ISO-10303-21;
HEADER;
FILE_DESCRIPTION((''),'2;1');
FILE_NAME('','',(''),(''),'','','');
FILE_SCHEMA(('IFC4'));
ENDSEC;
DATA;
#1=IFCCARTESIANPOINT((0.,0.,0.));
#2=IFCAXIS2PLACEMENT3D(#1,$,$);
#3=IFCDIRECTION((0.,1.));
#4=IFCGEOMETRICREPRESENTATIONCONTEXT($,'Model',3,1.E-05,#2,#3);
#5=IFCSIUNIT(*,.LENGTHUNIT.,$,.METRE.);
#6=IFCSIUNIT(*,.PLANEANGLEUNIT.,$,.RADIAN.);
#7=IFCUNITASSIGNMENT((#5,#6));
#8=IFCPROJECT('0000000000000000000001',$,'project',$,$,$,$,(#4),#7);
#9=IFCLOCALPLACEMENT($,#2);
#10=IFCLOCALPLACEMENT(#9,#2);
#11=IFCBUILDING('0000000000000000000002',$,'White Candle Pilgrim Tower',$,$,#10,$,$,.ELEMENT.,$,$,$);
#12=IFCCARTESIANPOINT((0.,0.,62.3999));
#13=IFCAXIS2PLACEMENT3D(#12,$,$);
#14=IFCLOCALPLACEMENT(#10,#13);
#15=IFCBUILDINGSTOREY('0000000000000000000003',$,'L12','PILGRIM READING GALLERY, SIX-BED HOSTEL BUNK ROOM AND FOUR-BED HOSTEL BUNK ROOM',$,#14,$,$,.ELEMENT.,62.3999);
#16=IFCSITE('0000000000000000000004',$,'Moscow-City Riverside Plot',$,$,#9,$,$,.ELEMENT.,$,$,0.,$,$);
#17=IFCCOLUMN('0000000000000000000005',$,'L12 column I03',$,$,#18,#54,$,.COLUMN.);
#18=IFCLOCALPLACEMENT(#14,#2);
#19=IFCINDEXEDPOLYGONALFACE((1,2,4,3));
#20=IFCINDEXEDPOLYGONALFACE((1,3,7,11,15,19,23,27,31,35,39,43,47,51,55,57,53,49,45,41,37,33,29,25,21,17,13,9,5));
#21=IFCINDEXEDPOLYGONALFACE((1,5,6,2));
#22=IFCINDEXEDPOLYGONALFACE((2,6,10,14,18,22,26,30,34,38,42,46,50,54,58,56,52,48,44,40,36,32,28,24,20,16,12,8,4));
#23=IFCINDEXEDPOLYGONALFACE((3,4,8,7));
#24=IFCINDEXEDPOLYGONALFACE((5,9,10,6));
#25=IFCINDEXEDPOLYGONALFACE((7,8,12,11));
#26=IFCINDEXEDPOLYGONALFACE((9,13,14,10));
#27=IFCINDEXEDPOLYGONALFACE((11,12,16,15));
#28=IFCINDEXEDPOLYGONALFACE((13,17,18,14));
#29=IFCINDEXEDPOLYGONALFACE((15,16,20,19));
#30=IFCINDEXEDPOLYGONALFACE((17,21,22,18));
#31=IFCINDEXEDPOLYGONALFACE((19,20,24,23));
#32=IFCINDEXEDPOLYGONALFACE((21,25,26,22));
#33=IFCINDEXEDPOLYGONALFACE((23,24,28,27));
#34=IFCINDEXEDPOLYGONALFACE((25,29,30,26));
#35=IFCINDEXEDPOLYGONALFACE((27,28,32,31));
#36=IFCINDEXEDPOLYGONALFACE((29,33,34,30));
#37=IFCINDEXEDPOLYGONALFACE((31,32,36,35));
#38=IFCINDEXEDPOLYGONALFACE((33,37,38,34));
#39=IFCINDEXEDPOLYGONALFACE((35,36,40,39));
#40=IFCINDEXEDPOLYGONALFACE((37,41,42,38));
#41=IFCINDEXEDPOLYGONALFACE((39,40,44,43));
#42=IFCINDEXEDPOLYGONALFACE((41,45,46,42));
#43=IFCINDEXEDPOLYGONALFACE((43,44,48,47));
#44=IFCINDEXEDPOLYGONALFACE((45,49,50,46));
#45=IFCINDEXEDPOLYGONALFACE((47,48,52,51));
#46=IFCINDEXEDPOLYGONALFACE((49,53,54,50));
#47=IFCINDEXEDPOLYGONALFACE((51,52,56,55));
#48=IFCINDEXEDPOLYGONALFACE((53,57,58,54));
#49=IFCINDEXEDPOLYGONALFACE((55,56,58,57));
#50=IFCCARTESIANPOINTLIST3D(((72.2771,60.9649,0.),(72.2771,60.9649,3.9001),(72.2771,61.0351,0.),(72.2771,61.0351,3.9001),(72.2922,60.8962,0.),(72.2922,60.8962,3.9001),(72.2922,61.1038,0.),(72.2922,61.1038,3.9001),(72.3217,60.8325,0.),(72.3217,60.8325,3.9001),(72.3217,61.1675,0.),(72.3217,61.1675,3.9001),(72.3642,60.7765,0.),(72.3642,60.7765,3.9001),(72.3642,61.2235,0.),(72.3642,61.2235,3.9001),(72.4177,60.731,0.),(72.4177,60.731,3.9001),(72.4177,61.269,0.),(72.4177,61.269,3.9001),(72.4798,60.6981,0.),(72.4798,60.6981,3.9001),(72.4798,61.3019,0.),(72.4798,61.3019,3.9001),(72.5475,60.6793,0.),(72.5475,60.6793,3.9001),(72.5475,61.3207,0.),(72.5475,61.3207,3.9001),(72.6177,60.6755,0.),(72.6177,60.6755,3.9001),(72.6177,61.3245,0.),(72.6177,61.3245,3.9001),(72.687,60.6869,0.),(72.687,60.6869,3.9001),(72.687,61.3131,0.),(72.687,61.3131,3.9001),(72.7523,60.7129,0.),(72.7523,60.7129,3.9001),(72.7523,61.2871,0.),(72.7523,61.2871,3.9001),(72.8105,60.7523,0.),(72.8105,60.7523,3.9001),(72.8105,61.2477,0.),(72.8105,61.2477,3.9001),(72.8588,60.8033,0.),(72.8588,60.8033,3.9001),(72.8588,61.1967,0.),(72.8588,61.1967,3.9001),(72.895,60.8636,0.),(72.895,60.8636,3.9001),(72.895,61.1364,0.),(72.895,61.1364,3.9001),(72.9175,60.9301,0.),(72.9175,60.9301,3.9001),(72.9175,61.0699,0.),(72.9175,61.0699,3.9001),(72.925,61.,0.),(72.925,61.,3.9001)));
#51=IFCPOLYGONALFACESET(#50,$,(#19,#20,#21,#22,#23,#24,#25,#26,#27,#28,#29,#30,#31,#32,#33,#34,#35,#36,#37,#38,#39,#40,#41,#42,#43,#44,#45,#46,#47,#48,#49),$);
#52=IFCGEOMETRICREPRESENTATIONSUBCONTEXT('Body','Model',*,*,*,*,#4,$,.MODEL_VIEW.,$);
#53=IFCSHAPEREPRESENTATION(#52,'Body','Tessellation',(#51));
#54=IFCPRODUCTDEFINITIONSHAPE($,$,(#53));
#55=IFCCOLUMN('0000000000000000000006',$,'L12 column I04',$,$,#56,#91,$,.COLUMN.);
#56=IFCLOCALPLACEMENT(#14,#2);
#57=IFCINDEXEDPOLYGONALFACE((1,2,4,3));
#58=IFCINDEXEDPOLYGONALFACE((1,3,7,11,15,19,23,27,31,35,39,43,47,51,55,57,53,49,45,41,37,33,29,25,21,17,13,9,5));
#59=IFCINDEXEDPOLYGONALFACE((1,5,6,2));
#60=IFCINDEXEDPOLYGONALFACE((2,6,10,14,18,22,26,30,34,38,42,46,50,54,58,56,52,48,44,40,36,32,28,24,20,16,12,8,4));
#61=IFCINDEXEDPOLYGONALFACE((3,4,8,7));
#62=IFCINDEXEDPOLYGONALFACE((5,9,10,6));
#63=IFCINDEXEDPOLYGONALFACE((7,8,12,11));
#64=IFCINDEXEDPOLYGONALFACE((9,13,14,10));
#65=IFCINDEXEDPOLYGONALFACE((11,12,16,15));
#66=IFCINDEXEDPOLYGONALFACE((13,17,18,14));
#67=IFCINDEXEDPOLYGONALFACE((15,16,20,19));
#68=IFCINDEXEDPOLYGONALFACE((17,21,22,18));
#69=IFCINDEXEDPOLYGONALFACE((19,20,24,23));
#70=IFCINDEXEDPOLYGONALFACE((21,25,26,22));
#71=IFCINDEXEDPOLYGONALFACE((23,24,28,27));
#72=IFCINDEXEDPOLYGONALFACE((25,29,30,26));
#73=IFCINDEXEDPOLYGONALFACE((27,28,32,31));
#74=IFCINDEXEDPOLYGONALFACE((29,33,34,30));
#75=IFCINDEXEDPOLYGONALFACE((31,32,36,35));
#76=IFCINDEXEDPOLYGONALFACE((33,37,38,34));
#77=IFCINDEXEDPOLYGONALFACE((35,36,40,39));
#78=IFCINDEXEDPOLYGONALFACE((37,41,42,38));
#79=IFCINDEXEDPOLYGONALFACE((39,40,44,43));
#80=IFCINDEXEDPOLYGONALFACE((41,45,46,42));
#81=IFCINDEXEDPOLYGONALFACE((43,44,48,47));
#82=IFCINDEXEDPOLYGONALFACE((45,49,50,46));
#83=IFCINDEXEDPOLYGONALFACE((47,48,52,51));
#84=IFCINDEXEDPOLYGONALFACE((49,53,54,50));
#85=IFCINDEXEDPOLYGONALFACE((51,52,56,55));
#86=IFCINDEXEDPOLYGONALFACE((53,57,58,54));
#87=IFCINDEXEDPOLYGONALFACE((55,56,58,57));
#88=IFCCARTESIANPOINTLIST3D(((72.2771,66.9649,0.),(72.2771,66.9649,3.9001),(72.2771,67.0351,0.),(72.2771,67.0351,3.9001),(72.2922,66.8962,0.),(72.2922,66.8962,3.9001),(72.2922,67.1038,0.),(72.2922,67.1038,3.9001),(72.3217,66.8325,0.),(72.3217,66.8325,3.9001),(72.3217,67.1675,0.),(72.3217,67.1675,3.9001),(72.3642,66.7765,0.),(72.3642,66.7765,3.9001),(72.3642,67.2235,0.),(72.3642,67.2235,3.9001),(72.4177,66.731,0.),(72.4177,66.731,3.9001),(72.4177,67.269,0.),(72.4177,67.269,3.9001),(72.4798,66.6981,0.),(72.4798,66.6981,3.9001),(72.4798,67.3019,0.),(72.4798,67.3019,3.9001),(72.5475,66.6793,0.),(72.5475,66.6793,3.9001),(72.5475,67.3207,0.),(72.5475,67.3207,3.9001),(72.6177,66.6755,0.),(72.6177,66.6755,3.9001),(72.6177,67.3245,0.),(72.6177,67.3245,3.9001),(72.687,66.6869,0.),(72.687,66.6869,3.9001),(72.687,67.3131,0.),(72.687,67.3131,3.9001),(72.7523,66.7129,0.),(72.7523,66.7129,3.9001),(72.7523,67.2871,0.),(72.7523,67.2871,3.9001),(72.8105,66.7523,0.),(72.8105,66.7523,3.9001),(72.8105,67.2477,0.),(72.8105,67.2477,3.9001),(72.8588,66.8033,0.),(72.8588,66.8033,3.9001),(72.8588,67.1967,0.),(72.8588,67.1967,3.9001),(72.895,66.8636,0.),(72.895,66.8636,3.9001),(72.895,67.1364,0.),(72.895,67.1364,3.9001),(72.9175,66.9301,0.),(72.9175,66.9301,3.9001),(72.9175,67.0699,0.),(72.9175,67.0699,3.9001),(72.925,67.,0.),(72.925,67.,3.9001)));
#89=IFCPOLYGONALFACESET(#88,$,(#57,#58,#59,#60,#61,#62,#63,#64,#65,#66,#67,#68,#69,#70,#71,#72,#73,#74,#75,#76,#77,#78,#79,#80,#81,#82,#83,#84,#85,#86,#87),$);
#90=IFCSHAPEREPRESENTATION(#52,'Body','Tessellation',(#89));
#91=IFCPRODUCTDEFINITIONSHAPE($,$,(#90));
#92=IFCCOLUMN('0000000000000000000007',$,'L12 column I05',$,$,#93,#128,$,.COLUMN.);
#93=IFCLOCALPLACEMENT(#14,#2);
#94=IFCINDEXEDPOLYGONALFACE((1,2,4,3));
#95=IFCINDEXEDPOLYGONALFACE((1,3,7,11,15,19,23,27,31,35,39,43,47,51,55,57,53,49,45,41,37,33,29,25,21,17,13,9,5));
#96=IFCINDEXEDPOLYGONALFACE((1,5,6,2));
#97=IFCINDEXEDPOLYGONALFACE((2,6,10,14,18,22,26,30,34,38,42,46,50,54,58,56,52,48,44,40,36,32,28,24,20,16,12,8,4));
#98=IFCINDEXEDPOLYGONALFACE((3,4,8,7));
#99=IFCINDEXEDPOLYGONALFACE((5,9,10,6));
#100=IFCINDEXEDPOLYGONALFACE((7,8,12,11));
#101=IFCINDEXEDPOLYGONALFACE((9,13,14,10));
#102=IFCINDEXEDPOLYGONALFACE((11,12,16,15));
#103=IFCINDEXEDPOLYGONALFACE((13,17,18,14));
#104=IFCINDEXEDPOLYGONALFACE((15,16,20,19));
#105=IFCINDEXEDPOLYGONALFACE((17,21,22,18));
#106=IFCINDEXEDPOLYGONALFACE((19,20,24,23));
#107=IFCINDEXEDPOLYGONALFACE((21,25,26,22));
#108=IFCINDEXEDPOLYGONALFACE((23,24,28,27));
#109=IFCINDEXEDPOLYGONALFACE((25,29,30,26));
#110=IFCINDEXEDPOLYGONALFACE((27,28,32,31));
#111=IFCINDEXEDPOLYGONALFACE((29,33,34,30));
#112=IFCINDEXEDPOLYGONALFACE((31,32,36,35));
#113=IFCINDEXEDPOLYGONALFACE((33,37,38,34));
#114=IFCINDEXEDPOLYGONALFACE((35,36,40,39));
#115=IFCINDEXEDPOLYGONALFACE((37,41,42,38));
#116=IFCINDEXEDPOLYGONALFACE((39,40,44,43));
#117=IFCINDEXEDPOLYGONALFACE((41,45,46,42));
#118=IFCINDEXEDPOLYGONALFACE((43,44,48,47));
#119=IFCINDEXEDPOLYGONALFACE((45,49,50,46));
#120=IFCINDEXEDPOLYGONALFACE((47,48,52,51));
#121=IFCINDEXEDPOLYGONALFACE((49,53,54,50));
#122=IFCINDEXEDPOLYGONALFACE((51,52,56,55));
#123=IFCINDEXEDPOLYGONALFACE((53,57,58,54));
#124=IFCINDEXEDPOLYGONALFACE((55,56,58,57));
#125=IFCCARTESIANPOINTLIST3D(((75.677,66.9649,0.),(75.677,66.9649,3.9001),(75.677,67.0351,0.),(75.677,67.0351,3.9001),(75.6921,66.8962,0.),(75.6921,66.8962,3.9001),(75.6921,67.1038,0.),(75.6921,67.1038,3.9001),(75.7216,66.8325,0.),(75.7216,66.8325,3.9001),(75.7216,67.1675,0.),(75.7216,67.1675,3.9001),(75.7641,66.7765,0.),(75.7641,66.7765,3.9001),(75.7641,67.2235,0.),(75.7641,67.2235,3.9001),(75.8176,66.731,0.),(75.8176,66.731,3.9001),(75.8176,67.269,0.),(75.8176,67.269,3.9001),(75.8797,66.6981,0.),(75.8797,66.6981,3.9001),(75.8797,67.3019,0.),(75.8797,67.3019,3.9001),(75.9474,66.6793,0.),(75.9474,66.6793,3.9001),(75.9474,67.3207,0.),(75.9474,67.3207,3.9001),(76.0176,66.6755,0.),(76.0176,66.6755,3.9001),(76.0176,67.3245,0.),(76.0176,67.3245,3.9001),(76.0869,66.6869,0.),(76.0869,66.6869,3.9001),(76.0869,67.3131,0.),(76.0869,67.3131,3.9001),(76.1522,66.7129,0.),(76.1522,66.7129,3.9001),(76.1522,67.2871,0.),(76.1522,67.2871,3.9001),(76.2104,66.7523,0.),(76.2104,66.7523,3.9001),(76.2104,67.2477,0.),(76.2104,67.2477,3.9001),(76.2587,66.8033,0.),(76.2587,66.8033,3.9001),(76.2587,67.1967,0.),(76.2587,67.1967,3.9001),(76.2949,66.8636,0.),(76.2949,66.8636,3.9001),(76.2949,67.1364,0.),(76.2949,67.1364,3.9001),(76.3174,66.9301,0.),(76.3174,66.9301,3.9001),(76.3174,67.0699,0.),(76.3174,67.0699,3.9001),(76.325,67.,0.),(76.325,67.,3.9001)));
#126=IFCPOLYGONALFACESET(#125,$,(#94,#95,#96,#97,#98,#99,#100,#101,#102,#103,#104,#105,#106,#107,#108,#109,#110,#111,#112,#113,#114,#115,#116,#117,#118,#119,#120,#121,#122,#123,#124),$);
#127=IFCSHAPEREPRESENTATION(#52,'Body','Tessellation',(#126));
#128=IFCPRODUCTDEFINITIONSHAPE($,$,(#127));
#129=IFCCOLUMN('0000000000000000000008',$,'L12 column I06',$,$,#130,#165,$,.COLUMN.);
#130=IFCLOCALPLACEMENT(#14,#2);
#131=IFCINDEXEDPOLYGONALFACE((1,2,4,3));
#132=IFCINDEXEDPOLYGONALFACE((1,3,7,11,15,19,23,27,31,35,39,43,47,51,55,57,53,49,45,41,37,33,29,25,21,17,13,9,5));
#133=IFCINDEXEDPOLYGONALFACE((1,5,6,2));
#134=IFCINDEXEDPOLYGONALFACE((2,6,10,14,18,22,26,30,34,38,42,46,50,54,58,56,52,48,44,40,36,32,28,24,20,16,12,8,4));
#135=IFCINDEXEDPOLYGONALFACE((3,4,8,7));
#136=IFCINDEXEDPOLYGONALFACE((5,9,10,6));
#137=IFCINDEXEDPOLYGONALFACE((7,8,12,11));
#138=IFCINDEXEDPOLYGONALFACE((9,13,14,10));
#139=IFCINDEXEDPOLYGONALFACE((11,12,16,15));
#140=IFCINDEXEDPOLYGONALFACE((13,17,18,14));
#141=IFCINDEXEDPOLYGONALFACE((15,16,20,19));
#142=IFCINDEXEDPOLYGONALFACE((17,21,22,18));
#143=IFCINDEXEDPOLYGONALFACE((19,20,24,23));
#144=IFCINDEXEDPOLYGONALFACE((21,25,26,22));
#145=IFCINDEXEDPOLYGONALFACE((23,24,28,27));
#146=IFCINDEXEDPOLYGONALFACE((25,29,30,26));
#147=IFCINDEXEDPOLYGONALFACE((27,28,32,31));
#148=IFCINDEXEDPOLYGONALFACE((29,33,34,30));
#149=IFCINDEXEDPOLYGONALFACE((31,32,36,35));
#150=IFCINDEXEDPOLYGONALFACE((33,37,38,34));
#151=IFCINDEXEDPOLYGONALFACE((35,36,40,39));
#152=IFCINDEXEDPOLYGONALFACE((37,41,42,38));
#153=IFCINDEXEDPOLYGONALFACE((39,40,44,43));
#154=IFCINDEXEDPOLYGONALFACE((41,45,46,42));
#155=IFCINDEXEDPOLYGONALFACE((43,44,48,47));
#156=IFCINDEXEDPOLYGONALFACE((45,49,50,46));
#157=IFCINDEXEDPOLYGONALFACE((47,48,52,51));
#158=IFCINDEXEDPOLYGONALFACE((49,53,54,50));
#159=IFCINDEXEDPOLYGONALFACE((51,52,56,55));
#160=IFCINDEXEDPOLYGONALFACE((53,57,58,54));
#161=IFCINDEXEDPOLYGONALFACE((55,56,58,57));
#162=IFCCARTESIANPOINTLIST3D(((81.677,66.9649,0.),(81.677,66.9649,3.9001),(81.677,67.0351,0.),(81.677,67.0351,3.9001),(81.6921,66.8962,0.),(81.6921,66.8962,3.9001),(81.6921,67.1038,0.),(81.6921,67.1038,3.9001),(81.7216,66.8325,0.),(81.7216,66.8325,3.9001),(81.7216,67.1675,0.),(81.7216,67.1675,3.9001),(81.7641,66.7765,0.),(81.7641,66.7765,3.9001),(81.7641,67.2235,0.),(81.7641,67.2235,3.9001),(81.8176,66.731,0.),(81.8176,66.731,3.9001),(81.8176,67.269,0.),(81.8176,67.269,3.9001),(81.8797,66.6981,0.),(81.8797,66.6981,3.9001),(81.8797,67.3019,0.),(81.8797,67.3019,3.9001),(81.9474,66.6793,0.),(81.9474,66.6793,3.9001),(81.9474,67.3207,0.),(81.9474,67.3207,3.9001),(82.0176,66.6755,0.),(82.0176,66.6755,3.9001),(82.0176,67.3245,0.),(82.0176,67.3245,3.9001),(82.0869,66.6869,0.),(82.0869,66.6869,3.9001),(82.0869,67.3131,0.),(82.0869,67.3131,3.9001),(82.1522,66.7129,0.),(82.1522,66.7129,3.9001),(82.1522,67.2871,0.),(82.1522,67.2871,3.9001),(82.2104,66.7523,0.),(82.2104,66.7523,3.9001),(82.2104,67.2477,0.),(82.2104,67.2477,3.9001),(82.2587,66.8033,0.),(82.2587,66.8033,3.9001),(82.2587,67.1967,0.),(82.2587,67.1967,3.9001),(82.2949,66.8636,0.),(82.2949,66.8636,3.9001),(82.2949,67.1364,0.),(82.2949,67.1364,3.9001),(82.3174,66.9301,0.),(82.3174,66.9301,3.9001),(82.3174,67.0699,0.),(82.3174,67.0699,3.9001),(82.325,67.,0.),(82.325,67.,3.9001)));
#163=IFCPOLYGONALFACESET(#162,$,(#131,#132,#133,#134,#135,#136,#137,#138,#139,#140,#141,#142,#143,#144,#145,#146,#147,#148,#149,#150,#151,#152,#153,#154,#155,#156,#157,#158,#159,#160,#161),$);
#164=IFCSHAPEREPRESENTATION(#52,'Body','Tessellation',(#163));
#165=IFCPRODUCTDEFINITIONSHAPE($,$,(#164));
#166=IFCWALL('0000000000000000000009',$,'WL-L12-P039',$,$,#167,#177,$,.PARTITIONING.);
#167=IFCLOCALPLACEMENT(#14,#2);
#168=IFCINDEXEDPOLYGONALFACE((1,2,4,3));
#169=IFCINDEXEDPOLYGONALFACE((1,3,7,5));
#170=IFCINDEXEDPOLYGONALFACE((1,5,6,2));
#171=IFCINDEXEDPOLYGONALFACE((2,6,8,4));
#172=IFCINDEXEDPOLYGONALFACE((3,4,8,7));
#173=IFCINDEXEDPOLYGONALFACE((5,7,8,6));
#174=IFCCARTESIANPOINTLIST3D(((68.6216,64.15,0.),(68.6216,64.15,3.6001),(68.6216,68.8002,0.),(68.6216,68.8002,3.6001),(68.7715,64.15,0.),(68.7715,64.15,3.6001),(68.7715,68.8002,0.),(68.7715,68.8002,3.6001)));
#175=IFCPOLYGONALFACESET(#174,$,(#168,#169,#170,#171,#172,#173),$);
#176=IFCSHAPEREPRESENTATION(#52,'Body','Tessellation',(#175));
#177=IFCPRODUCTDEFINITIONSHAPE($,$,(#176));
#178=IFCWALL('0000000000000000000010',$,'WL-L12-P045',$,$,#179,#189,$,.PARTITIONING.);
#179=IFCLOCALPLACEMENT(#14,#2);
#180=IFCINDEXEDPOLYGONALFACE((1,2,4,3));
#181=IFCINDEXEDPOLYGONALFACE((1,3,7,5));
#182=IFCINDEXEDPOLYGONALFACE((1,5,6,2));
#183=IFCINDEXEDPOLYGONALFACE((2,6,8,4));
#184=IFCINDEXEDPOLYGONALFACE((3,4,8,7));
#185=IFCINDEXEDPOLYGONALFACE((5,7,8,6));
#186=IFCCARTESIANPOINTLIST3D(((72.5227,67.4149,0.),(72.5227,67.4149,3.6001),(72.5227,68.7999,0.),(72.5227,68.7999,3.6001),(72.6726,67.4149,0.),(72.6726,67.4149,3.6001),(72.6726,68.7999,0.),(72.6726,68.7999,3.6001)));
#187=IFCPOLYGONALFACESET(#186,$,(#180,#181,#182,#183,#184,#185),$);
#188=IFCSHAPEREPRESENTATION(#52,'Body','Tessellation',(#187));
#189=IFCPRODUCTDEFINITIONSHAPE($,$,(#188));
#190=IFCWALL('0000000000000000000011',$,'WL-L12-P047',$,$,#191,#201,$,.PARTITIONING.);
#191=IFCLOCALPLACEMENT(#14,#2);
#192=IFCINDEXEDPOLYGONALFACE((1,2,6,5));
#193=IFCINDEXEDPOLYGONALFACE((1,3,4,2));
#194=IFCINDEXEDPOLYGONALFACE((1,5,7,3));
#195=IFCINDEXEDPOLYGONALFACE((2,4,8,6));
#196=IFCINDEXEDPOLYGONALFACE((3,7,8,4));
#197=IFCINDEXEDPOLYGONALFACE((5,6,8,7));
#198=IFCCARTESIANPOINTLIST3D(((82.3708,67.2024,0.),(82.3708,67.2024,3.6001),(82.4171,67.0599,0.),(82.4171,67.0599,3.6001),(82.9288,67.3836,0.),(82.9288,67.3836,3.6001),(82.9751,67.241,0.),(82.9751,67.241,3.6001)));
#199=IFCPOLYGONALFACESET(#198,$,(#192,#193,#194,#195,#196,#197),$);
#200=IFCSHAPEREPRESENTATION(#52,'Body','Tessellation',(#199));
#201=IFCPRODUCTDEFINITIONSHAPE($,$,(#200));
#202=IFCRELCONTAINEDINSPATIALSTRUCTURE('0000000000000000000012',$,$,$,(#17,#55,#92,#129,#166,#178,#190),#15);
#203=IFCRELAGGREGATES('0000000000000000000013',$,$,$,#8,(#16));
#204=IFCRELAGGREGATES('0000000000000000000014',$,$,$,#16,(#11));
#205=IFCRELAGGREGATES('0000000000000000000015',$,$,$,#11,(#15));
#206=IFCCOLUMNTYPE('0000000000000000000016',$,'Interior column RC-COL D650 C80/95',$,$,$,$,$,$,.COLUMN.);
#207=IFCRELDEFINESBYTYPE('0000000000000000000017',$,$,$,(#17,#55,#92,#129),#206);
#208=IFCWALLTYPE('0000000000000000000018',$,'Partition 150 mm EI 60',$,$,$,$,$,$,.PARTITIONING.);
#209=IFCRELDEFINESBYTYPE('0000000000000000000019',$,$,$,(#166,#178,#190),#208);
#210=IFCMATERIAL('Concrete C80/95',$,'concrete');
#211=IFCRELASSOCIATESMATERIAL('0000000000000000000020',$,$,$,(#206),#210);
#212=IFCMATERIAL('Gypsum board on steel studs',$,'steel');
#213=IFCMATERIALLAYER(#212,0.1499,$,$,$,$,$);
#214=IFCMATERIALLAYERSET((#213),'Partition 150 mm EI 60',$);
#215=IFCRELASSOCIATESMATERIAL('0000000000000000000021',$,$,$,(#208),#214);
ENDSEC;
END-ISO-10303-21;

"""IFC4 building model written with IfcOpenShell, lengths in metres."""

from ifc_helpers import new_model, si_unit, direction, frame, frame_2d, origin, origin_2d, place, context, subcontext, project, spatial, rectangle, circle, extrude, material, layer, layer_set, material_profile, profile_set, type_object, element, save


model = new_model("IFC4")

# Units and contexts
model_context = context("Model", 3, precision=1e-05, world=origin(), true_north=direction((0.0, 1.0)))
body_context = subcontext(model_context, "Body", "Model", "MODEL_VIEW")
ifc_project = project(units=[si_unit("LENGTHUNIT", "METRE"), si_unit("PLANEANGLEUNIT", "RADIAN")], contexts=[model_context])

# Site, building, storey
site_placement = place(None, origin())
site = spatial("IfcSite", under=ifc_project, at=site_placement, Name="Moscow-City Riverside Plot", CompositionType="ELEMENT", RefElevation=0.0)
building_placement = place(site_placement, origin())
building = spatial("IfcBuilding", under=site, at=building_placement, Name="White Candle Pilgrim Tower", CompositionType="ELEMENT")
storey_placement = place(building_placement, frame((0.0, 0.0, 62.3999)))
storey = spatial("IfcBuildingStorey", under=building, at=storey_placement, Name="L12", Description="PILGRIM READING GALLERY, SIX-BED HOSTEL BUNK ROOM AND FOUR-BED HOSTEL BUNK ROOM", CompositionType="ELEMENT", Elevation=62.3999)

# Columns
ifc_material_1 = material(Name="Concrete C80/95", Category="concrete")
ifc_material_profile = material_profile(ifc_material_1, circle(Radius=0.325, at=origin_2d()), Name="RC-COL D650")
ifc_profile_set = profile_set([ifc_material_profile], Name="Concrete C80/95")
column_type = type_object("IfcColumnType", Name="Interior column RC-COL D650 C80/95", PredefinedType="COLUMN", material=ifc_profile_set)
for number, where, z_axis, x_axis, name in (
    (1, (72.6001, 61.0, 0.0), (0.0, 0.0, 1.0), (1.0, 0.0, 0.0), "L12 column I03"),
    (2, (72.6001, 67.0, 0.0), (0.0, 0.0, 1.0), (1.0, 0.0, 0.0), "L12 column I04"),
    (3, (76.0, 67.0, 0.0), (0.0, 0.0, 1.0), (1.0, 0.0, 0.0), "L12 column I05"),
    (4, (82.0, 67.0, 0.0), (0.0, 0.0, 1.0), (1.0, 0.0, 0.0), "L12 column I06"),
):
    element("IfcColumn", number, at=place(storey_placement, frame(where, z_axis=z_axis, x_axis=x_axis)), inside=storey, type_object=column_type, Name=name, PredefinedType="COLUMN", context=body_context, shape_type="SweptSolid", body=[
        extrude(circle(Radius=0.325, at=origin_2d()), origin(), (0.0, 0.0, 1.0), 3.9001),
    ])

# Walls
ifc_material_2 = material(Name="Gypsum board on steel studs", Category="steel")
ifc_layer_1 = layer(ifc_material_2, 0.1499)
ifc_layer_set_1 = layer_set([ifc_layer_1], Name="Partition 150 mm EI 60")
wall_type_1 = type_object("IfcWallType", Name="Partition 150 mm EI 60", PredefinedType="PARTITIONING", material=ifc_layer_set_1)
wall_1_placement = place(storey_placement, frame((68.6965, 64.1499, 0.0), z_axis=(0.0, 0.0, 1.0), x_axis=(0.0, 1.0, 0.0)))
element("IfcWall", 5, at=wall_1_placement, inside=storey, type_object=wall_type_1, Name="WL-L12-P039", PredefinedType="PARTITIONING", context=body_context, shape_type="SweptSolid", body=[
    extrude(rectangle(XDim=4.6501, YDim=0.1499, at=frame_2d((2.3252, 0.0))), origin(), (0.0, 0.0, 1.0), 3.6001),
])
wall_2_placement = place(storey_placement, frame((72.5977, 67.415, 0.0), z_axis=(0.0, 0.0, 1.0), x_axis=(0.0, 1.0, 0.0)))
element("IfcWall", 6, at=wall_2_placement, inside=storey, type_object=wall_type_1, Name="WL-L12-P045", PredefinedType="PARTITIONING", context=body_context, shape_type="SweptSolid", body=[
    extrude(rectangle(XDim=1.385, YDim=0.1499, at=frame_2d((0.6924, 0.0))), origin(), (0.0, 0.0, 1.0), 3.6001),
])
wall_3_placement = place(storey_placement, frame((82.3938, 67.1311, 0.0), z_axis=(0.0, 0.0, 1.0), x_axis=(0.95115, 0.308729, 0.0)))
element("IfcWall", 7, at=wall_3_placement, inside=storey, type_object=wall_type_1, Name="WL-L12-P047", PredefinedType="PARTITIONING", context=body_context, shape_type="SweptSolid", body=[
    extrude(rectangle(XDim=0.5867, YDim=0.1499, at=frame_2d((0.2935, 0.0))), origin(), (0.0, 0.0, 1.0), 3.6001),
])

save(model, "model.ifc")
